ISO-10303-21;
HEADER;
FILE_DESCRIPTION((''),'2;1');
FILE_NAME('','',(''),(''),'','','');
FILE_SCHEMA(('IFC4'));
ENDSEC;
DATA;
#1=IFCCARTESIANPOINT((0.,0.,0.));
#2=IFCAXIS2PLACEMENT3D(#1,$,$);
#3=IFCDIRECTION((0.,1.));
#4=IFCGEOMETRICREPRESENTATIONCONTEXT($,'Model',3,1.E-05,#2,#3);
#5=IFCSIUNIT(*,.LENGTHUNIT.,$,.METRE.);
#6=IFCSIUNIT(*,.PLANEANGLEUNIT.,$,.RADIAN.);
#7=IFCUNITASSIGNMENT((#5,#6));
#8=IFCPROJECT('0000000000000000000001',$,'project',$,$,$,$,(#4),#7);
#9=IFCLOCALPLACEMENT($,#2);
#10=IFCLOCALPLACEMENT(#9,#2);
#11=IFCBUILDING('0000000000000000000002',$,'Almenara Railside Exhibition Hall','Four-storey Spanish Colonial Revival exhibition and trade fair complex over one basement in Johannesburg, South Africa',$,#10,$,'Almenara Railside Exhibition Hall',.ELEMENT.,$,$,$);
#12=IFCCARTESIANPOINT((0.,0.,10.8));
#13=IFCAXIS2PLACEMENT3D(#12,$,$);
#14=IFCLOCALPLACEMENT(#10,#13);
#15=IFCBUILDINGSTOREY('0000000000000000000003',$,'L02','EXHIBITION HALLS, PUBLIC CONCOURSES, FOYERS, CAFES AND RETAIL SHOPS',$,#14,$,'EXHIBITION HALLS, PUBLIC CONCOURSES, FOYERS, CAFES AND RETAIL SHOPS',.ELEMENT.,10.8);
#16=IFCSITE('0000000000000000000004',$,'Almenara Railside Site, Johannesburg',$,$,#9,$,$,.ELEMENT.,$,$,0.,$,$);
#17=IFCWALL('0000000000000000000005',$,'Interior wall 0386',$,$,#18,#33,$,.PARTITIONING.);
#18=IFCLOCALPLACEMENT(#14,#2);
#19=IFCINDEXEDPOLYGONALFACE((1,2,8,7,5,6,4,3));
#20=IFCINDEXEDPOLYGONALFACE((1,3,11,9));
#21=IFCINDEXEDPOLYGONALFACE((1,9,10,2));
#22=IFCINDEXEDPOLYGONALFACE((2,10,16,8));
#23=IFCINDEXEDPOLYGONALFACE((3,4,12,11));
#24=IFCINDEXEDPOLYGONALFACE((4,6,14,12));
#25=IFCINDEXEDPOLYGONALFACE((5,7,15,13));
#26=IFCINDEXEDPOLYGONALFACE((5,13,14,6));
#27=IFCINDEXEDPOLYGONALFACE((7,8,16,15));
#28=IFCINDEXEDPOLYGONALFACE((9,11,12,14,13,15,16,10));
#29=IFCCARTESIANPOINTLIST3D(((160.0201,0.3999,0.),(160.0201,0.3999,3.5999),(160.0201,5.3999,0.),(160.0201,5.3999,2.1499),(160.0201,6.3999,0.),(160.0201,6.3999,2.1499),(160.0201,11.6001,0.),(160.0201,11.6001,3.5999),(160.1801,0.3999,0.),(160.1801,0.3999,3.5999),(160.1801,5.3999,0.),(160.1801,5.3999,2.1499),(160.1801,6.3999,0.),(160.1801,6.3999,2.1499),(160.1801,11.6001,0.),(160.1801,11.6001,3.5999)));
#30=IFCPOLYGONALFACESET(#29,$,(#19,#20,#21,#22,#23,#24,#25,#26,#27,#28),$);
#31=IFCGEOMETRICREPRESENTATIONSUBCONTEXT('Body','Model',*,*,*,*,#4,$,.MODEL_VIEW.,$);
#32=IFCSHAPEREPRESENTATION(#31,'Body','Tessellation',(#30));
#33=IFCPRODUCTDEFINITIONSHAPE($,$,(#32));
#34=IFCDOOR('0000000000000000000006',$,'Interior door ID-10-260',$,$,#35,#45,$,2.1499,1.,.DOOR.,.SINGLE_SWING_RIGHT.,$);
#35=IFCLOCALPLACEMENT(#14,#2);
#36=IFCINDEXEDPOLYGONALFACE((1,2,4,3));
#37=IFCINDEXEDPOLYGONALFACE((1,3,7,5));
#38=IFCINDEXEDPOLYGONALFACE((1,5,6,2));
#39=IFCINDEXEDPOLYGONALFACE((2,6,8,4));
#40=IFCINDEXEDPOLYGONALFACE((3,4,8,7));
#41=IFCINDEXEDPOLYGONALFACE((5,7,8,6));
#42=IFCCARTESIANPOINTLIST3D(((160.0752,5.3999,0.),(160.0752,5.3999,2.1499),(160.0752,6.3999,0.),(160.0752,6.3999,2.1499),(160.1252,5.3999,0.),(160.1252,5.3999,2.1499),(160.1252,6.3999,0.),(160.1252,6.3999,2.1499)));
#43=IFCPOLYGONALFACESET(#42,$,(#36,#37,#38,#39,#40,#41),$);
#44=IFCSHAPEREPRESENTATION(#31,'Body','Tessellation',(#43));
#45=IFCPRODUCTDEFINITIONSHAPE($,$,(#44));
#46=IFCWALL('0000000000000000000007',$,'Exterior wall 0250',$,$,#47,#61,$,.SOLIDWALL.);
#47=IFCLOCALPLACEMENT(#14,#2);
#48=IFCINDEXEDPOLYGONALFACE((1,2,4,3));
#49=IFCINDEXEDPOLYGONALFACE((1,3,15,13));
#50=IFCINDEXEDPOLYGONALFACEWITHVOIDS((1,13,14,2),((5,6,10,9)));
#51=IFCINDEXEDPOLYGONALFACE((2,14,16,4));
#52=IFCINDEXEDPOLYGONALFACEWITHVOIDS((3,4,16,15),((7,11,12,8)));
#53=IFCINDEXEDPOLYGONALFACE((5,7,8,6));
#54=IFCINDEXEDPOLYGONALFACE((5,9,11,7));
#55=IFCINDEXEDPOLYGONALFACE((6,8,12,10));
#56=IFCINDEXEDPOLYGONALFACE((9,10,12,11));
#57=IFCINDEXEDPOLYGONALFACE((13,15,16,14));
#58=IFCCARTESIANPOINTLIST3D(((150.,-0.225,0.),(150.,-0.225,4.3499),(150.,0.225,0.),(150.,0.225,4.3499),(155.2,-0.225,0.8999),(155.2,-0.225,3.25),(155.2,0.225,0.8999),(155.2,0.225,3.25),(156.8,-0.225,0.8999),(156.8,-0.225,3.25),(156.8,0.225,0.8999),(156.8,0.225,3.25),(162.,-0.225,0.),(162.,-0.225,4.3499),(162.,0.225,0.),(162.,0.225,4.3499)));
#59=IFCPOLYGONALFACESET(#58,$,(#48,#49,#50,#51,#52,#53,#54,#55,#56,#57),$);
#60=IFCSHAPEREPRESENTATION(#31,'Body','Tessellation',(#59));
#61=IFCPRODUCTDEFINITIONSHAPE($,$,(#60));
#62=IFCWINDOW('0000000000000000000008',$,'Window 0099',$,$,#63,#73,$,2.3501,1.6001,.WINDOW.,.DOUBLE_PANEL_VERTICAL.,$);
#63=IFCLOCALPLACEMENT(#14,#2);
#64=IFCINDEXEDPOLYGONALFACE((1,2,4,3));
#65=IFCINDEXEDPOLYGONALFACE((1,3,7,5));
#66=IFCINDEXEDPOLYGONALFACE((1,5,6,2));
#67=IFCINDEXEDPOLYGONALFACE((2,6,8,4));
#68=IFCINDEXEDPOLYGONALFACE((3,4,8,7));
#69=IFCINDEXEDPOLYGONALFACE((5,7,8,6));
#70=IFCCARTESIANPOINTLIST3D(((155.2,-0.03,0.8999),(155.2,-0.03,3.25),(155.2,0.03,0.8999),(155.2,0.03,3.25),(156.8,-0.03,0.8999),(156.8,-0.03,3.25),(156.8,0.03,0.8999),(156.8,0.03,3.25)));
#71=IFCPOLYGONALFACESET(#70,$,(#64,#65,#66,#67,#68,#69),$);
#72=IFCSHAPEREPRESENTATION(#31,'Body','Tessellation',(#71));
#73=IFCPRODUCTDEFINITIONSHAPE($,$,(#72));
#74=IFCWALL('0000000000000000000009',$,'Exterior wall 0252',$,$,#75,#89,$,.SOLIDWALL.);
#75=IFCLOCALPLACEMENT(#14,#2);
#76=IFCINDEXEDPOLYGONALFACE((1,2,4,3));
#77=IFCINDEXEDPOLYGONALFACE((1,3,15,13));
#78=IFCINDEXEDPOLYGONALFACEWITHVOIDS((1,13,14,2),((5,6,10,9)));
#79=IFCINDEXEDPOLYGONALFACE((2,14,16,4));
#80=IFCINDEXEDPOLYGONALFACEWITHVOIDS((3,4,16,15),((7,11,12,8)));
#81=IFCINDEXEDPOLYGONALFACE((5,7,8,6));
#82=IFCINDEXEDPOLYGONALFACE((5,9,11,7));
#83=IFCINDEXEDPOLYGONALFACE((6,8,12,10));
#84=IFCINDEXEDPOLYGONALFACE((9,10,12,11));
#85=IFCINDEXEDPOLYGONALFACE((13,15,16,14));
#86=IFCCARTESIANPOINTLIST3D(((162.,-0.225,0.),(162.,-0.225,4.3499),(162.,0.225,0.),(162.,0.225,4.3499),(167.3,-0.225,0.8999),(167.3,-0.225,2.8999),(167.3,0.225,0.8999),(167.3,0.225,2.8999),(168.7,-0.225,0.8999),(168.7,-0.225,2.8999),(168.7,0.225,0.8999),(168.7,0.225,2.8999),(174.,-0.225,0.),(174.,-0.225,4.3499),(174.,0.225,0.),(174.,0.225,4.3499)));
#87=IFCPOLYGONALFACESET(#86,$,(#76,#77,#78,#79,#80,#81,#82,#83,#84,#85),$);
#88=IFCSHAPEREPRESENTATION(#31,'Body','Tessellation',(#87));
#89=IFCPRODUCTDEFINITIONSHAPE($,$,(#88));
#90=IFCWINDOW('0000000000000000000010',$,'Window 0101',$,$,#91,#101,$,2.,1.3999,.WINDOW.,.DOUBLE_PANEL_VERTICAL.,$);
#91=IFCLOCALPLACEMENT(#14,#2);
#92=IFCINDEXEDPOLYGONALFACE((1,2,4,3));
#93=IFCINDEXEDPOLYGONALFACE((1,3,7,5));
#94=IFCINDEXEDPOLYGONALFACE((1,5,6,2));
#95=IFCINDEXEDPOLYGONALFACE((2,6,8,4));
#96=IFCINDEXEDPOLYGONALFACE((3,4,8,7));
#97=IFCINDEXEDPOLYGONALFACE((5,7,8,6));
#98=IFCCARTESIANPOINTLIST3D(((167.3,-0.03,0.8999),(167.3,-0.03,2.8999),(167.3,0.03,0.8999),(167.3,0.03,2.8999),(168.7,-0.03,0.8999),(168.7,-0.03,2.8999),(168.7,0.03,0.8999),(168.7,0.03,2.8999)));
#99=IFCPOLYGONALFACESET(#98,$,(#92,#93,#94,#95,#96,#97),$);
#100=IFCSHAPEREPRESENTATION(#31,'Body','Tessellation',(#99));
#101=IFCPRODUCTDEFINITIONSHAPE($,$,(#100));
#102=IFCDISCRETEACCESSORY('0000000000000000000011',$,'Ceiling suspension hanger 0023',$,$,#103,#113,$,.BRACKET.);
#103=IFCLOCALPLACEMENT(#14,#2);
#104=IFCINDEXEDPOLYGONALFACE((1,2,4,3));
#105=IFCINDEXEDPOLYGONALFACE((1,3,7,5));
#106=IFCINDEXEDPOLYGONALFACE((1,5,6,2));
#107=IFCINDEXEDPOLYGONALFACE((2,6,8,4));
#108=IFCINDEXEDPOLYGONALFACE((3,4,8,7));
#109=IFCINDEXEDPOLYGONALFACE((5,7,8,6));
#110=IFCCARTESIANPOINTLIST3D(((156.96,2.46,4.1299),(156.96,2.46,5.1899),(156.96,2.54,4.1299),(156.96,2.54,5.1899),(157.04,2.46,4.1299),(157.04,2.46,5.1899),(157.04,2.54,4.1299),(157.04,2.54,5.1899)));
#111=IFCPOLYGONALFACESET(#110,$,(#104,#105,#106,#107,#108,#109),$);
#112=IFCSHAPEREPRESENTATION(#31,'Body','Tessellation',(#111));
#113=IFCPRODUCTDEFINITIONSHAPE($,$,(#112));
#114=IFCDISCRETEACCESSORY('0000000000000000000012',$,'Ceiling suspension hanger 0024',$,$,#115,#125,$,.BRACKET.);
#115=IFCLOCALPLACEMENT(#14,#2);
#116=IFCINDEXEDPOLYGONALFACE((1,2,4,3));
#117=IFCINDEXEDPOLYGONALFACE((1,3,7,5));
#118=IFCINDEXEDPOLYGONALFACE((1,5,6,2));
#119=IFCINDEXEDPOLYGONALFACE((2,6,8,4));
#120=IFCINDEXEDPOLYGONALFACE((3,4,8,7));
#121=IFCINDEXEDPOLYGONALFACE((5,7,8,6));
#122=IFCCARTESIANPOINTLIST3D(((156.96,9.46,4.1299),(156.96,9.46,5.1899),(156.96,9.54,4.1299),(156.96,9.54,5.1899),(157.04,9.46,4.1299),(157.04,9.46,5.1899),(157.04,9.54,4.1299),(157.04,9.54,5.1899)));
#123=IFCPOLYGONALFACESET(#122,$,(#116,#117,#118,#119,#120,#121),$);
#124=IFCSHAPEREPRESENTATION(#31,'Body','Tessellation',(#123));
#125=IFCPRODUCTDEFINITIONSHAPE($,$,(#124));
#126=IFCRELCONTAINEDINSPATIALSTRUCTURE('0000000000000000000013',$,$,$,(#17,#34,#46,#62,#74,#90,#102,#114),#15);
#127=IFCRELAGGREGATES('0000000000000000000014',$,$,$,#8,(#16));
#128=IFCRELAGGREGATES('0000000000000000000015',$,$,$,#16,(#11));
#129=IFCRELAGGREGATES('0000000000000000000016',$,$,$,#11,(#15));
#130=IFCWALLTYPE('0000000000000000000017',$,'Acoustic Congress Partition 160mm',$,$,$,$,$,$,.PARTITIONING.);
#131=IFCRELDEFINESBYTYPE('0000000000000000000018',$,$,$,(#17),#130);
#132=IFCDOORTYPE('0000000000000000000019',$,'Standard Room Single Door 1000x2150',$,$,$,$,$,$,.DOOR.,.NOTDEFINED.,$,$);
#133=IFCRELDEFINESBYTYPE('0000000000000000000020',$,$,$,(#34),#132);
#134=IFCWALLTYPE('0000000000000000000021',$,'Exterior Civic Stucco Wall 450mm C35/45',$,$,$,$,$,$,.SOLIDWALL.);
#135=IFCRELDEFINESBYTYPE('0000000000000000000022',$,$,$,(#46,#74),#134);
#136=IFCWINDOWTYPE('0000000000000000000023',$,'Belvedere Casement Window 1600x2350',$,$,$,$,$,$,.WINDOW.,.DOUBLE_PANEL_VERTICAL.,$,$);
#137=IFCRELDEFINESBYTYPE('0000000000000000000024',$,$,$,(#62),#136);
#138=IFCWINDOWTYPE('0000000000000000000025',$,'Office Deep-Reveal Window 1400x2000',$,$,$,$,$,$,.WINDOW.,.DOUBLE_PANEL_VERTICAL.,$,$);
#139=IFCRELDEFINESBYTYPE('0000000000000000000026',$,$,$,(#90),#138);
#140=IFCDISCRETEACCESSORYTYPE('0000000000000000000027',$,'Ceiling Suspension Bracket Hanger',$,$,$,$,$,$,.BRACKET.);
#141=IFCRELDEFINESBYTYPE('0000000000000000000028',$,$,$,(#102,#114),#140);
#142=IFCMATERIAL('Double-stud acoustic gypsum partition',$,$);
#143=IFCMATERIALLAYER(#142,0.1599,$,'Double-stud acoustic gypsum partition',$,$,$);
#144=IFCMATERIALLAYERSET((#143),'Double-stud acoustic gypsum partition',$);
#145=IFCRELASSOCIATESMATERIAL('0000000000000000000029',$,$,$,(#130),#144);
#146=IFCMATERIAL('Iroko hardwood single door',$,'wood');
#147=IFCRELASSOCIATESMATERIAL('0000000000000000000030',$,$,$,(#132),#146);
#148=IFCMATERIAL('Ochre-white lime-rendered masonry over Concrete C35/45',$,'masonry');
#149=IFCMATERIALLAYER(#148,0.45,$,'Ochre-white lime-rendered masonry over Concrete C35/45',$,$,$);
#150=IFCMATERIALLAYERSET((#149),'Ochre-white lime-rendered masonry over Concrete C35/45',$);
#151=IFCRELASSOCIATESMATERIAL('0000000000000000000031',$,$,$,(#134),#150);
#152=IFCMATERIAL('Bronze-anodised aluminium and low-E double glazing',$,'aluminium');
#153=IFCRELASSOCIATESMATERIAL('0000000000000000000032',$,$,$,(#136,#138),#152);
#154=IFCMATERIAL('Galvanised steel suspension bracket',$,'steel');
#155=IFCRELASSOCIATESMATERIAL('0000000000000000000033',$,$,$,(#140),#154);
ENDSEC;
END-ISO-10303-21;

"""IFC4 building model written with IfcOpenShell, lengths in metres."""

from ifc_helpers import new_model, si_unit, direction, frame, frame_2d, origin, origin_2d, place, context, subcontext, project, spatial, rectangle, extrude, material, layer, layer_set, type_object, element, fill, save


model = new_model("IFC4")

# Units and contexts
model_context = context("Model", 3, precision=1e-05, world=origin(), true_north=direction((0.0, 1.0)))
body_context = subcontext(model_context, "Body", "Model", "MODEL_VIEW")
ifc_project = project(units=[si_unit("LENGTHUNIT", "METRE"), si_unit("PLANEANGLEUNIT", "RADIAN")], contexts=[model_context])

# Site, building, storey
site_placement = place(None, origin())
site = spatial("IfcSite", under=ifc_project, at=site_placement, Name="Almenara Railside Site, Johannesburg", CompositionType="ELEMENT", RefElevation=0.0)
building_placement = place(site_placement, origin())
building = spatial("IfcBuilding", under=site, at=building_placement, Name="Almenara Railside Exhibition Hall", Description="Four-storey Spanish Colonial Revival exhibition and trade fair complex over one basement in Johannesburg, South Africa", LongName="Almenara Railside Exhibition Hall", CompositionType="ELEMENT")
storey_placement = place(building_placement, frame((0.0, 0.0, 10.8)))
storey = spatial("IfcBuildingStorey", under=building, at=storey_placement, Name="L02", Description="EXHIBITION HALLS, PUBLIC CONCOURSES, FOYERS, CAFES AND RETAIL SHOPS", LongName="EXHIBITION HALLS, PUBLIC CONCOURSES, FOYERS, CAFES AND RETAIL SHOPS", CompositionType="ELEMENT", Elevation=10.8)

# Wall, opening, door
ifc_material_1 = material(Name="Double-stud acoustic gypsum partition")
ifc_layer_1 = layer(ifc_material_1, 0.1599, Name="Double-stud acoustic gypsum partition")
ifc_layer_set_1 = layer_set([ifc_layer_1], Name="Double-stud acoustic gypsum partition")
wall_type_1 = type_object("IfcWallType", Name="Acoustic Congress Partition 160mm", PredefinedType="PARTITIONING", material=ifc_layer_set_1)
wall_1_placement = place(storey_placement, frame((160.1001, 0.3999, 0.0), z_axis=(0.0, 0.0, 1.0), x_axis=(0.0, 1.0, 0.0)))
wall_1 = element("IfcWall", 1, at=wall_1_placement, inside=storey, type_object=wall_type_1, Name="Interior wall 0386", PredefinedType="PARTITIONING", context=body_context, shape_type="SweptSolid", body=[
    extrude(rectangle(XDim=11.2002, YDim=0.1599, at=frame_2d((5.6001, 0.0))), origin(), (0.0, 0.0, 1.0), 3.5999),
])
opening_1_placement = place(wall_1_placement, frame((5.0, 0.0, 0.0)))
opening_1 = element("IfcOpeningElement", 2, at=opening_1_placement, cuts=wall_1, PredefinedType="OPENING", context=body_context, shape_type="SweptSolid", body=[
    extrude(rectangle(XDim=1.0, YDim=2.1499, at=frame_2d((0.5, 1.075))), frame((0.0, 0.0898, 0.0), z_axis=(0.0, -1.0, 0.0), x_axis=(1.0, 0.0, 0.0)), (0.0, 0.0, 1.0), 0.1799),
])
ifc_material_2 = material(Name="Iroko hardwood single door", Category="wood")
door_type = type_object("IfcDoorType", Name="Standard Room Single Door 1000x2150", OperationType="NOTDEFINED", PredefinedType="DOOR", material=ifc_material_2)
door_placement = place(opening_1_placement, origin())
door = element("IfcDoor", 3, at=door_placement, inside=storey, type_object=door_type, Name="Interior door ID-10-260", OperationType="SINGLE_SWING_RIGHT", OverallHeight=2.1499, OverallWidth=1.0, PredefinedType="DOOR", context=body_context, shape_type="SweptSolid", body=[
    extrude(rectangle(XDim=1.0, YDim=2.1499, at=frame_2d((0.5, 1.075))), frame((0.0, 0.0249, 0.0), z_axis=(0.0, -1.0, 0.0), x_axis=(1.0, 0.0, 0.0)), (0.0, 0.0, 1.0), 0.05),
])
fill(opening_1, door)

# Walls, openings, windows
ifc_material_3 = material(Name="Ochre-white lime-rendered masonry over Concrete C35/45", Category="masonry")
ifc_layer_2 = layer(ifc_material_3, 0.45, Name="Ochre-white lime-rendered masonry over Concrete C35/45")
ifc_layer_set_2 = layer_set([ifc_layer_2], Name="Ochre-white lime-rendered masonry over Concrete C35/45")
wall_type_2 = type_object("IfcWallType", Name="Exterior Civic Stucco Wall 450mm C35/45", PredefinedType="SOLIDWALL", material=ifc_layer_set_2)
wall_2_placement = place(storey_placement, frame((150.0, 0.0, 0.0), z_axis=(0.0, 0.0, 1.0), x_axis=(1.0, 0.0, 0.0)))
wall_2 = element("IfcWall", 4, at=wall_2_placement, inside=storey, type_object=wall_type_2, Name="Exterior wall 0250", PredefinedType="SOLIDWALL", context=body_context, shape_type="SweptSolid", body=[
    extrude(rectangle(XDim=12.0, YDim=0.45, at=frame_2d((6.0, 0.0))), origin(), (0.0, 0.0, 1.0), 4.3499),
])
opening_2_placement = place(wall_2_placement, frame((5.2, 0.0, 0.8999)))
opening_2 = element("IfcOpeningElement", 5, at=opening_2_placement, cuts=wall_2, PredefinedType="OPENING", context=body_context, shape_type="SweptSolid", body=[
    extrude(rectangle(XDim=1.6001, YDim=2.3501, at=frame_2d((0.8, 1.175))), frame((0.0, 0.2349, 0.0), z_axis=(0.0, -1.0, 0.0), x_axis=(1.0, 0.0, 0.0)), (0.0, 0.0, 1.0), 0.47),
])
ifc_material_4 = material(Name="Bronze-anodised aluminium and low-E double glazing", Category="aluminium")
window_type_1 = type_object("IfcWindowType", Name="Belvedere Casement Window 1600x2350", PartitioningType="DOUBLE_PANEL_VERTICAL", PredefinedType="WINDOW", material=ifc_material_4)
window_1_placement = place(opening_2_placement, origin())
window_1 = element("IfcWindow", 6, at=window_1_placement, inside=storey, type_object=window_type_1, Name="Window 0099", OverallHeight=2.3501, OverallWidth=1.6001, PartitioningType="DOUBLE_PANEL_VERTICAL", PredefinedType="WINDOW", context=body_context, shape_type="SweptSolid", body=[
    extrude(rectangle(XDim=1.6001, YDim=2.3501, at=frame_2d((0.8, 1.175))), frame((0.0, 0.03, 0.0), z_axis=(0.0, -1.0, 0.0), x_axis=(1.0, 0.0, 0.0)), (0.0, 0.0, 1.0), 0.0601),
])
fill(opening_2, window_1)
wall_3_placement = place(storey_placement, frame((162.0, 0.0, 0.0), z_axis=(0.0, 0.0, 1.0), x_axis=(1.0, 0.0, 0.0)))
wall_3 = element("IfcWall", 7, at=wall_3_placement, inside=storey, type_object=wall_type_2, Name="Exterior wall 0252", PredefinedType="SOLIDWALL", context=body_context, shape_type="SweptSolid", body=[
    extrude(rectangle(XDim=12.0, YDim=0.45, at=frame_2d((6.0, 0.0))), origin(), (0.0, 0.0, 1.0), 4.3499),
])
opening_3_placement = place(wall_3_placement, frame((5.3, 0.0, 0.8999)))
opening_3 = element("IfcOpeningElement", 8, at=opening_3_placement, cuts=wall_3, PredefinedType="OPENING", context=body_context, shape_type="SweptSolid", body=[
    extrude(rectangle(XDim=1.3999, YDim=2.0, at=frame_2d((0.7, 1.0))), frame((0.0, 0.2349, 0.0), z_axis=(0.0, -1.0, 0.0), x_axis=(1.0, 0.0, 0.0)), (0.0, 0.0, 1.0), 0.47),
])
window_type_2 = type_object("IfcWindowType", Name="Office Deep-Reveal Window 1400x2000", PartitioningType="DOUBLE_PANEL_VERTICAL", PredefinedType="WINDOW", material=ifc_material_4)
window_2_placement = place(opening_3_placement, origin())
window_2 = element("IfcWindow", 9, at=window_2_placement, inside=storey, type_object=window_type_2, Name="Window 0101", OverallHeight=2.0, OverallWidth=1.3999, PartitioningType="DOUBLE_PANEL_VERTICAL", PredefinedType="WINDOW", context=body_context, shape_type="SweptSolid", body=[
    extrude(rectangle(XDim=1.3999, YDim=2.0, at=frame_2d((0.7, 1.0))), frame((0.0, 0.03, 0.0), z_axis=(0.0, -1.0, 0.0), x_axis=(1.0, 0.0, 0.0)), (0.0, 0.0, 1.0), 0.0601),
])
fill(opening_3, window_2)

# Discrete accessories
ifc_material_5 = material(Name="Galvanised steel suspension bracket", Category="steel")
discrete_accessory_type = type_object("IfcDiscreteAccessoryType", Name="Ceiling Suspension Bracket Hanger", PredefinedType="BRACKET", material=ifc_material_5)
for number, where, z_axis, x_axis, name in (
    (10, (157.0, 2.5, 4.1299), (0.0, 0.0, 1.0), (1.0, 0.0, 0.0), "Ceiling suspension hanger 0023"),
    (11, (157.0, 9.5, 4.1299), (0.0, 0.0, 1.0), (1.0, 0.0, 0.0), "Ceiling suspension hanger 0024"),
):
    element("IfcDiscreteAccessory", number, at=place(storey_placement, frame(where, z_axis=z_axis, x_axis=x_axis)), inside=storey, type_object=discrete_accessory_type, Name=name, PredefinedType="BRACKET", context=body_context, shape_type="SweptSolid", body=[
        extrude(rectangle(XDim=0.0801, YDim=0.0801, at=origin_2d()), origin(), (0.0, 0.0, 1.0), 1.0601),
    ])

save(model, "model.ifc")
